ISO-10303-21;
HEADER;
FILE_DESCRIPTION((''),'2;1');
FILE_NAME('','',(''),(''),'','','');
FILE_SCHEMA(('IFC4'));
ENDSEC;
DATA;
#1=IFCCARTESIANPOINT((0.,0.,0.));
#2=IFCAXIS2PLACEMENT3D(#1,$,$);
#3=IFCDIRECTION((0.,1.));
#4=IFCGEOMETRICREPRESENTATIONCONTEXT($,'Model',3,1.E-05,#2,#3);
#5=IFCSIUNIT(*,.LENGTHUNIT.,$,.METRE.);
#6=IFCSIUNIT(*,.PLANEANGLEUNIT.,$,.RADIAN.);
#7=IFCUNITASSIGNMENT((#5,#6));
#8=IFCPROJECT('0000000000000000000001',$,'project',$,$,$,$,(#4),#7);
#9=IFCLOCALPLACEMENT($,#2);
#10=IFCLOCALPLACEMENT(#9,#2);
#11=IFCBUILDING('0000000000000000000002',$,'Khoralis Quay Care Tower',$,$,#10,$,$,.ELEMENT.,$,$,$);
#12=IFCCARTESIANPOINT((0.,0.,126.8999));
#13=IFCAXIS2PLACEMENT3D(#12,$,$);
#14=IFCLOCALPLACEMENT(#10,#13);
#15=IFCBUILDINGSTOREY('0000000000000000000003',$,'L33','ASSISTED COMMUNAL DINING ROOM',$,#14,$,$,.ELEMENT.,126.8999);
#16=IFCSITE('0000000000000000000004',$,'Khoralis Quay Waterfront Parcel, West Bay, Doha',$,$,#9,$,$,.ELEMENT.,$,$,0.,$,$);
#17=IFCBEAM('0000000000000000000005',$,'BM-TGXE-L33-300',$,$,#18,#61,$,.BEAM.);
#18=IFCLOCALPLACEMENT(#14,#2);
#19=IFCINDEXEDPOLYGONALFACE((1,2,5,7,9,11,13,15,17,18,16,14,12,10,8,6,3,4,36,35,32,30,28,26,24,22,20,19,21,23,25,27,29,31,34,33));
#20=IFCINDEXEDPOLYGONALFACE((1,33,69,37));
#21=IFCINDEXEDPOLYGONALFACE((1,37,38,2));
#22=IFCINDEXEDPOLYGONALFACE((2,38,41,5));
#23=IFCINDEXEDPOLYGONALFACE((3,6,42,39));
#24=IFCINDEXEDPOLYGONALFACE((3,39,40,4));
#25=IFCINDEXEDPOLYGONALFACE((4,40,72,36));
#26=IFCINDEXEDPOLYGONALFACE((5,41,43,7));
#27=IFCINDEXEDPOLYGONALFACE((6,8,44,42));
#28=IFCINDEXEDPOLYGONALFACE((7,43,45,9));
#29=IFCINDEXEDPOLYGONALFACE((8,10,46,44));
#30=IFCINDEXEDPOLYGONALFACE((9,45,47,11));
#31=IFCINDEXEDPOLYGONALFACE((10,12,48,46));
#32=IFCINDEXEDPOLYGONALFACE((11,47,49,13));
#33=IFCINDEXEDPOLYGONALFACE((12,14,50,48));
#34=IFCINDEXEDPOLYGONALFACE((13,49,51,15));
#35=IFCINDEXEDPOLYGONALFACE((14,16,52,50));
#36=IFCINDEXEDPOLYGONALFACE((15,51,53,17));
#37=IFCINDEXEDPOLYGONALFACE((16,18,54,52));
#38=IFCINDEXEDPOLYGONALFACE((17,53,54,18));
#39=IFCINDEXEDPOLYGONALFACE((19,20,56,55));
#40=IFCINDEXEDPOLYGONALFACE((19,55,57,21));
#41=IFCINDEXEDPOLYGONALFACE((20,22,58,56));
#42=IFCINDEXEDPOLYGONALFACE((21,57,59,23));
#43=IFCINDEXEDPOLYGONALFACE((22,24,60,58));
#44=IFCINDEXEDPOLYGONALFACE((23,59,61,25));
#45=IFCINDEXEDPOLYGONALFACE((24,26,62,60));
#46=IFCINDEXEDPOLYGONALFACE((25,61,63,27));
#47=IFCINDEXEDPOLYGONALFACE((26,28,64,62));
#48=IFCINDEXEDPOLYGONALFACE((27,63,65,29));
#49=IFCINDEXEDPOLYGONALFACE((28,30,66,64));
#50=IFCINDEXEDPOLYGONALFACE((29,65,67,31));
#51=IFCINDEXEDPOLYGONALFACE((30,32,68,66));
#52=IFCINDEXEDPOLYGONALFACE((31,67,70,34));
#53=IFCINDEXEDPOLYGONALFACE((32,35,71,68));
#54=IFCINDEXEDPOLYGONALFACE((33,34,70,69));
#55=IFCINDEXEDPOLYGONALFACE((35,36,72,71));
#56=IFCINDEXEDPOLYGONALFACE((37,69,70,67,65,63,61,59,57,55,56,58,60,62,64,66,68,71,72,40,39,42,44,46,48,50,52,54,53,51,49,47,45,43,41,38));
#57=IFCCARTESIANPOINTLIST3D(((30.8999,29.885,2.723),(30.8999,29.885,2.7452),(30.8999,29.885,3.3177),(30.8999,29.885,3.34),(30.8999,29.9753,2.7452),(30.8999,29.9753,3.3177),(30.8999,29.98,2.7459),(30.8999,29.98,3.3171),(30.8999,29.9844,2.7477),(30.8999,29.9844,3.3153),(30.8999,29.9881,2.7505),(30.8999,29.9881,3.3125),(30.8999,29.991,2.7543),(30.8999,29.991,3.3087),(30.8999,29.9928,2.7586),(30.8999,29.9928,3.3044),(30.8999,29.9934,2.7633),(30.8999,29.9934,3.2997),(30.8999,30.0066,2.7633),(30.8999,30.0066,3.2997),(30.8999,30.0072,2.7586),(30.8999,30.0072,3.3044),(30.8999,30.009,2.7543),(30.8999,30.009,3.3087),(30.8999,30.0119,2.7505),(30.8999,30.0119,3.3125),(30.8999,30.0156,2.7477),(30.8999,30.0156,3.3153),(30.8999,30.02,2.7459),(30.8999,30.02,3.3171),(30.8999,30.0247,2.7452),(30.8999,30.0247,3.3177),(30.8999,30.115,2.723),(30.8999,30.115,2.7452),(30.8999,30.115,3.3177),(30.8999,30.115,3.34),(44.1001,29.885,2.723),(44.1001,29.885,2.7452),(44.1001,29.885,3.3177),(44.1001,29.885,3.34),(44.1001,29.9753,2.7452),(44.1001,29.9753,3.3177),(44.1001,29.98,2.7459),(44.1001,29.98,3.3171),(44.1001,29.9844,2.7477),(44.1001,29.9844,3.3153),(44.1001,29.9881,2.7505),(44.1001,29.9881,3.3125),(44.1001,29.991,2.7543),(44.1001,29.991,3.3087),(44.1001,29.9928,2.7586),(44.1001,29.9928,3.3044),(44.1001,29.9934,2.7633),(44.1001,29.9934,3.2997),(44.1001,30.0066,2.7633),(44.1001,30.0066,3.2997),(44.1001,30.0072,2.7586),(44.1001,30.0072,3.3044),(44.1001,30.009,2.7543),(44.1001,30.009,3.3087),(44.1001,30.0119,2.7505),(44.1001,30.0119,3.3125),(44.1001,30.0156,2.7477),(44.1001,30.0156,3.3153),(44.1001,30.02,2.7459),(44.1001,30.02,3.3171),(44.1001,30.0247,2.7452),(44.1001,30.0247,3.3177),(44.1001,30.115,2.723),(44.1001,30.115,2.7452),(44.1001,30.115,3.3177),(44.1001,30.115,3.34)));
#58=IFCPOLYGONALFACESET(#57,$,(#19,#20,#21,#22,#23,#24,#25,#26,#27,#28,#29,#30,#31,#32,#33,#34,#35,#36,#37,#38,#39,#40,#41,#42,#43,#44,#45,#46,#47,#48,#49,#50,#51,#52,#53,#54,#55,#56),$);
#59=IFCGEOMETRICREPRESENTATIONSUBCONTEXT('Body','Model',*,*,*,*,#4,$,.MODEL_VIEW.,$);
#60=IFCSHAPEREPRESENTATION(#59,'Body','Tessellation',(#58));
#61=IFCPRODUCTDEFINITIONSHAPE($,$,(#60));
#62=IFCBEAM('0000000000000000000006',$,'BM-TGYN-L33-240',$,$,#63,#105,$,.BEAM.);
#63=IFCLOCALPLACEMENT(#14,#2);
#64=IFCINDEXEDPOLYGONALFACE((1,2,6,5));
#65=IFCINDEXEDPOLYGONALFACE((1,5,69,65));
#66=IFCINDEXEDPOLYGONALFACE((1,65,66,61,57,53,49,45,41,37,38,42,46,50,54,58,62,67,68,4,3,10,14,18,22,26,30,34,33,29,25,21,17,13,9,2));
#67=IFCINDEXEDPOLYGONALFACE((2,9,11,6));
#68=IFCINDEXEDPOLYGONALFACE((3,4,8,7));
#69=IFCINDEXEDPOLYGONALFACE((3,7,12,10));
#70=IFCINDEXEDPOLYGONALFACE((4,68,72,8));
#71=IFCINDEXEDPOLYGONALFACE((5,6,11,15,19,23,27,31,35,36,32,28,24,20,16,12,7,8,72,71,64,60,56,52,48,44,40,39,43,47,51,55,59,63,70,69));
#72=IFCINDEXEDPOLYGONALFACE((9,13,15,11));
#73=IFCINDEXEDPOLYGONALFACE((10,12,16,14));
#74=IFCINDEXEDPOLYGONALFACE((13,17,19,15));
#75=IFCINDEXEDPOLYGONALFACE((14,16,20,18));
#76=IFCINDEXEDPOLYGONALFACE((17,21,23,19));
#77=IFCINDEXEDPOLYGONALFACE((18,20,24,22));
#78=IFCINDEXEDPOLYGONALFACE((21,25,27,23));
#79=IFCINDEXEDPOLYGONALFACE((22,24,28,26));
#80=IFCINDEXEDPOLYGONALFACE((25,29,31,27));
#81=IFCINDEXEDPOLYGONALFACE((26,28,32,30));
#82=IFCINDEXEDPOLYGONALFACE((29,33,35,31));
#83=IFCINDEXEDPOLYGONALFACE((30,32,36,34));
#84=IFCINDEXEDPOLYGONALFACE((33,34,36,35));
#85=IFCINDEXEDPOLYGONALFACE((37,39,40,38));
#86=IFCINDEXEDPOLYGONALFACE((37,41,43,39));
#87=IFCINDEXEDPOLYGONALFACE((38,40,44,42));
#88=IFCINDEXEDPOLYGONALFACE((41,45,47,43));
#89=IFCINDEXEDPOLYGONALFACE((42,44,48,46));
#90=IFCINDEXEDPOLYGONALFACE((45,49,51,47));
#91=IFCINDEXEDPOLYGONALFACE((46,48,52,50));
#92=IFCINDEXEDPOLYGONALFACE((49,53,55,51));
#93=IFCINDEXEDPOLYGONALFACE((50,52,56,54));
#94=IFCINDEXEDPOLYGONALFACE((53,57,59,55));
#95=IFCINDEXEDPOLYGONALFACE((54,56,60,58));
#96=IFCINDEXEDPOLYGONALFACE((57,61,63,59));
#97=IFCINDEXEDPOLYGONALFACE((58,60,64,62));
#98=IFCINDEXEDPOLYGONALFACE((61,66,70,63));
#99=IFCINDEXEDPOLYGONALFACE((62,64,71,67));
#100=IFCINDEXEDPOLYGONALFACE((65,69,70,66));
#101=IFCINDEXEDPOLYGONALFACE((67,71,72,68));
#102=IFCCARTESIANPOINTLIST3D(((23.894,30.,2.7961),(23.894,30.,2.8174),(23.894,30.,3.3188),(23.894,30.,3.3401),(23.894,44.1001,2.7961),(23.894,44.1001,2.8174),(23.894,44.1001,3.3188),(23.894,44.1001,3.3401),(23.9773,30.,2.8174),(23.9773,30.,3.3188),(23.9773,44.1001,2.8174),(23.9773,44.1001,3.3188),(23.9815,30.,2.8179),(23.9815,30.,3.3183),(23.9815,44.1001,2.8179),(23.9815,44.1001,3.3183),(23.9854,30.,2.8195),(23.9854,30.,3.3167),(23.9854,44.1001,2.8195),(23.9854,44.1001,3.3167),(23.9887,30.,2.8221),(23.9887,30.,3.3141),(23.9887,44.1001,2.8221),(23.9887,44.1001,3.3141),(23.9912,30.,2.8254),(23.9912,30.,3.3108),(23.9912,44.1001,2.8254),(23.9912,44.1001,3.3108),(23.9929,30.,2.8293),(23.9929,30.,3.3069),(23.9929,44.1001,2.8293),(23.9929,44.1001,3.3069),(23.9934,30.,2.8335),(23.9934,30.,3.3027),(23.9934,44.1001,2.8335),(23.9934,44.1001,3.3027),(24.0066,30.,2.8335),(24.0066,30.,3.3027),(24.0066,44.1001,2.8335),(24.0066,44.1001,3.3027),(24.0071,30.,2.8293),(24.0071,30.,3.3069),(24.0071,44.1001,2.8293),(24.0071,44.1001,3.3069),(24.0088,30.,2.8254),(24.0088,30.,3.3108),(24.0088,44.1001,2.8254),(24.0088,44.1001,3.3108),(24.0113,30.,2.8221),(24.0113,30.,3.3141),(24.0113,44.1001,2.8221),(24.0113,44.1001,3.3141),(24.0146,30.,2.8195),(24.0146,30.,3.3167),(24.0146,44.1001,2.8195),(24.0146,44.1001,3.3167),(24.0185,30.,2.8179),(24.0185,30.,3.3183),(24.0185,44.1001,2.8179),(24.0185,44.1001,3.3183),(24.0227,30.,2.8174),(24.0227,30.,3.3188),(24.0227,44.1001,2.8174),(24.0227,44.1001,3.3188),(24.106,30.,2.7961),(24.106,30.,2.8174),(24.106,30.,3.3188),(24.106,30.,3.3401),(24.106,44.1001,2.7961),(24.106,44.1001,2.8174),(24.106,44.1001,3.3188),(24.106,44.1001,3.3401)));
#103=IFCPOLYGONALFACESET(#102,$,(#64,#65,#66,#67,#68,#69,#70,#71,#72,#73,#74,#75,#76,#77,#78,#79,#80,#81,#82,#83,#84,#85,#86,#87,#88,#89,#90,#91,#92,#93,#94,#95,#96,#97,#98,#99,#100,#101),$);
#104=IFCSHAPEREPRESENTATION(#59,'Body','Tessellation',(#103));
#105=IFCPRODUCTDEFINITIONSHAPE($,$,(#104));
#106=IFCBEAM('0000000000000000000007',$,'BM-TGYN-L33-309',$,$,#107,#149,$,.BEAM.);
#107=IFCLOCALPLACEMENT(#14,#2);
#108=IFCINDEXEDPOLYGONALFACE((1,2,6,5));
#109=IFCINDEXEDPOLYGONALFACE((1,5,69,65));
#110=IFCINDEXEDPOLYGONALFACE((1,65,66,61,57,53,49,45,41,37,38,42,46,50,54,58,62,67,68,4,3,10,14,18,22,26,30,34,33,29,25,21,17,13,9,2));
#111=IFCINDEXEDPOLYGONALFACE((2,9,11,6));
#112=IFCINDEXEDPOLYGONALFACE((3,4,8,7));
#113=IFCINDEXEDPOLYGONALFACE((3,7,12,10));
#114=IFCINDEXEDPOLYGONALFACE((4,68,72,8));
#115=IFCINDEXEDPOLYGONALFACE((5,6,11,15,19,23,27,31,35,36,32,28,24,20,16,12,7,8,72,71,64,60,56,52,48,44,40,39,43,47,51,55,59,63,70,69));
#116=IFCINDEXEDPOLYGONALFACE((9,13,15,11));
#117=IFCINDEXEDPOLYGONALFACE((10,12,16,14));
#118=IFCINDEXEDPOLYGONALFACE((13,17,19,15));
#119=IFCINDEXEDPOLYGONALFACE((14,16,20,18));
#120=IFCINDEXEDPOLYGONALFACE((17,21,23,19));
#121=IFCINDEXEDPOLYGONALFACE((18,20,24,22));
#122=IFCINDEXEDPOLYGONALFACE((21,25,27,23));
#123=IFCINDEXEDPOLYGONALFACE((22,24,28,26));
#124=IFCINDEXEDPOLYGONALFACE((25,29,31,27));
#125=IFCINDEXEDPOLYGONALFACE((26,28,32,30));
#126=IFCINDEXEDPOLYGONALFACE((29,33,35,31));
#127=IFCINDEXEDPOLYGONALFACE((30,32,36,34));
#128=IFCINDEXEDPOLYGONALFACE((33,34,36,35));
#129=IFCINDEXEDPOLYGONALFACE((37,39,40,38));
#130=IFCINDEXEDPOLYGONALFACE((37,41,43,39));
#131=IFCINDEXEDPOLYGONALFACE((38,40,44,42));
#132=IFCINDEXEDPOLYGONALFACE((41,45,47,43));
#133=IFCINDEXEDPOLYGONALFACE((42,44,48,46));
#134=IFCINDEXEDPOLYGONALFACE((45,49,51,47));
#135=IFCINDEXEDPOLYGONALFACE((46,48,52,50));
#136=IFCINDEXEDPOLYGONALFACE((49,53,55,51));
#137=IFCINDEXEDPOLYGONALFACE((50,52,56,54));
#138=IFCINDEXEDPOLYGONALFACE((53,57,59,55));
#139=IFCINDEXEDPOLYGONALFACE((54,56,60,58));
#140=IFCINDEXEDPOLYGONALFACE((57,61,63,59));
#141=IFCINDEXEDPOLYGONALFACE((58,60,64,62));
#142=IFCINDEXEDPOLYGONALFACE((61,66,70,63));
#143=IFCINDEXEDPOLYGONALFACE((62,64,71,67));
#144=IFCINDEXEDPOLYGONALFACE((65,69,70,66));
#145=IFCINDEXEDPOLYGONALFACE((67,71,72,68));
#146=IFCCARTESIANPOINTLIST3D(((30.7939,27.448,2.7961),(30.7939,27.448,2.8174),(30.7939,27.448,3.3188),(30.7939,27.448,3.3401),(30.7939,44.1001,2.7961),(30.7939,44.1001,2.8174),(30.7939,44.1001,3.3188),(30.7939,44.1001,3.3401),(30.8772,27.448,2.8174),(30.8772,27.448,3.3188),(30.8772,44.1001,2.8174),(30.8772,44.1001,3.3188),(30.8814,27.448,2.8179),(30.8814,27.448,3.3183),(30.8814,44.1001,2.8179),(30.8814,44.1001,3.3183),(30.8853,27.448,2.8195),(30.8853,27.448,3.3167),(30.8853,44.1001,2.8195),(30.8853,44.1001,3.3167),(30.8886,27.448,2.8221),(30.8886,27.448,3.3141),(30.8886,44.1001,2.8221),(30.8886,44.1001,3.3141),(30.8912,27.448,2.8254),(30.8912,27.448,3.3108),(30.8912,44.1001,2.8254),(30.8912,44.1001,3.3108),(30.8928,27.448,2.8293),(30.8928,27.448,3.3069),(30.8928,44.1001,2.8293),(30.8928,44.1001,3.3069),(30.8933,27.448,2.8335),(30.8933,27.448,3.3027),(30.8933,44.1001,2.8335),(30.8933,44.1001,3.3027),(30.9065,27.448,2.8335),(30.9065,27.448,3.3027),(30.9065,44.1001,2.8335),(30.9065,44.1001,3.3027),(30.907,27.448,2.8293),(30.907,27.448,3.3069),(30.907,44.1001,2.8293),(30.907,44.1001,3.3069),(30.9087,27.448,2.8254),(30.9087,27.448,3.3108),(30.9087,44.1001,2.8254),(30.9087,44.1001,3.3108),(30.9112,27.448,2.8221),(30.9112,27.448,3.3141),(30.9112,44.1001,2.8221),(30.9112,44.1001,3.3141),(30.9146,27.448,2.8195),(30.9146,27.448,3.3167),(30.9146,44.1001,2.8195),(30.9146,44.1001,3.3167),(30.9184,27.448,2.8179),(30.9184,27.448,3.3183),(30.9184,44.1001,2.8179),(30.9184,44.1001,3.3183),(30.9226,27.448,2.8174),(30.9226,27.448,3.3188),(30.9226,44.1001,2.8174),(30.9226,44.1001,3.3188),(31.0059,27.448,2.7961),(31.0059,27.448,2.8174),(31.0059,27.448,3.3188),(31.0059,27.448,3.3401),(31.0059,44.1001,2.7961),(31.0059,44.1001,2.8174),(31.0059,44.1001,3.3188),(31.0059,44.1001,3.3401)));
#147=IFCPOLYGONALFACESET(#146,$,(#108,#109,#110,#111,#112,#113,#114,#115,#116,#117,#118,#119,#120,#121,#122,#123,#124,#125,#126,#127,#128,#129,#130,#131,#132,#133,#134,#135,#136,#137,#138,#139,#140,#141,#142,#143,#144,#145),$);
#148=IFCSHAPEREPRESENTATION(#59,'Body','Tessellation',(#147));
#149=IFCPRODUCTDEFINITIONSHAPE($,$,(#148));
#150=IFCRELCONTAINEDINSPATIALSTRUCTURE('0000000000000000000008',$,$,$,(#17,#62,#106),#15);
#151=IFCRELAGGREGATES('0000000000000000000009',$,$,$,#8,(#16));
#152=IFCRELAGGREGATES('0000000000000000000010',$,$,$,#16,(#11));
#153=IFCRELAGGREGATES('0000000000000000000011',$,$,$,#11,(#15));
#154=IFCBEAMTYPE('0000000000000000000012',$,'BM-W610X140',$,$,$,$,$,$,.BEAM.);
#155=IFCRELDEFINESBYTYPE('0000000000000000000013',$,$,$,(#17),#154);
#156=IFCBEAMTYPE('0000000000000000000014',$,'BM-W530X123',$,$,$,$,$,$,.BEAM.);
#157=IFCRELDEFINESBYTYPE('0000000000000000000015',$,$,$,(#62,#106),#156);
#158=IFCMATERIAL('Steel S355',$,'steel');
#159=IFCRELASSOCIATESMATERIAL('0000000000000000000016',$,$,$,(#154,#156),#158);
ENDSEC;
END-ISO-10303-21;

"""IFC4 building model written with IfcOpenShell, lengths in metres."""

from ifc_helpers import new_model, si_unit, direction, frame, origin, origin_2d, place, context, subcontext, project, spatial, i_section, extrude, source, transform, mapped, material, material_profile, profile_set, type_object, element, save


model = new_model("IFC4")

# Units and contexts
model_context = context("Model", 3, precision=1e-05, world=origin(), true_north=direction((0.0, 1.0)))
body_context = subcontext(model_context, "Body", "Model", "MODEL_VIEW")
ifc_project = project(units=[si_unit("LENGTHUNIT", "METRE"), si_unit("PLANEANGLEUNIT", "RADIAN")], contexts=[model_context])

# Site, building, storey
site_placement = place(None, origin())
site = spatial("IfcSite", under=ifc_project, at=site_placement, Name="Khoralis Quay Waterfront Parcel, West Bay, Doha", CompositionType="ELEMENT", RefElevation=0.0)
building_placement = place(site_placement, origin())
building = spatial("IfcBuilding", under=site, at=building_placement, Name="Khoralis Quay Care Tower", CompositionType="ELEMENT")
storey_placement = place(building_placement, frame((0.0, 0.0, 126.8999)))
storey = spatial("IfcBuildingStorey", under=building, at=storey_placement, Name="L33", Description="ASSISTED COMMUNAL DINING ROOM", CompositionType="ELEMENT", Elevation=126.8999)

# Beams
ifc_material_1 = material(Name="Steel S355", Category="steel")
ifc_material_profile_1 = material_profile(ifc_material_1, i_section(OverallWidth=0.23, OverallDepth=0.6169, WebThickness=0.0132, FlangeThickness=0.0222, FilletRadius=0.0181, at=origin_2d()), Name="Steel S355")
ifc_profile_set_1 = profile_set([ifc_material_profile_1], Name="Steel S355")
beam_type_1 = type_object("IfcBeamType", Name="BM-W610X140", PredefinedType="BEAM", material=ifc_profile_set_1)
shared_shape_1 = source(origin(), body_context, "Body", "SweptSolid", [
    extrude(i_section(OverallWidth=0.23, OverallDepth=0.6169, WebThickness=0.0132, FlangeThickness=0.0222, FilletRadius=0.0181, at=origin_2d()), origin(), (0.0, 0.0, 1.0), 13.2002),
])
beam_1_placement = place(storey_placement, frame((30.8999, 30.0, 3.0315), z_axis=(1.0, 0.0, 0.0), x_axis=(0.0, 1.0, 0.0)))
element("IfcBeam", 1, at=beam_1_placement, inside=storey, type_object=beam_type_1, Name="BM-TGXE-L33-300", PredefinedType="BEAM", context=body_context, shape_type="MappedRepresentation", body=[
    mapped(shared_shape_1, transform((0.0, 0.0, 0.0), scale=1.0)),
])
ifc_material_profile_2 = material_profile(ifc_material_1, i_section(OverallWidth=0.2119, OverallDepth=0.5439, WebThickness=0.0132, FlangeThickness=0.0212, FilletRadius=0.0161, at=origin_2d()), Name="Steel S355")
ifc_profile_set_2 = profile_set([ifc_material_profile_2], Name="Steel S355")
beam_type_2 = type_object("IfcBeamType", Name="BM-W530X123", PredefinedType="BEAM", material=ifc_profile_set_2)
shared_shape_2 = source(origin(), body_context, "Body", "SweptSolid", [
    extrude(i_section(OverallWidth=0.2119, OverallDepth=0.5439, WebThickness=0.0132, FlangeThickness=0.0212, FilletRadius=0.0161, at=origin_2d()), origin(), (0.0, 0.0, 1.0), 14.1001),
])
beam_2_placement = place(storey_placement, frame((24.0, 30.0, 3.0681), z_axis=(0.0, 1.0, 0.0), x_axis=(-1.0, 0.0, 0.0)))
element("IfcBeam", 2, at=beam_2_placement, inside=storey, type_object=beam_type_2, Name="BM-TGYN-L33-240", PredefinedType="BEAM", context=body_context, shape_type="MappedRepresentation", body=[
    mapped(shared_shape_2, transform((0.0, 0.0, 0.0), scale=1.0)),
])
shared_shape_3 = source(origin(), body_context, "Body", "SweptSolid", [
    extrude(i_section(OverallWidth=0.2119, OverallDepth=0.5439, WebThickness=0.0132, FlangeThickness=0.0212, FilletRadius=0.0161, at=origin_2d()), origin(), (0.0, 0.0, 1.0), 16.6521),
])
beam_3_placement = place(storey_placement, frame((30.8999, 27.448, 3.0681), z_axis=(0.0, 1.0, 0.0), x_axis=(-1.0, 0.0, 0.0)))
element("IfcBeam", 3, at=beam_3_placement, inside=storey, type_object=beam_type_2, Name="BM-TGYN-L33-309", PredefinedType="BEAM", context=body_context, shape_type="MappedRepresentation", body=[
    mapped(shared_shape_3, transform((0.0, 0.0, 0.0), scale=1.0)),
])

save(model, "model.ifc")
